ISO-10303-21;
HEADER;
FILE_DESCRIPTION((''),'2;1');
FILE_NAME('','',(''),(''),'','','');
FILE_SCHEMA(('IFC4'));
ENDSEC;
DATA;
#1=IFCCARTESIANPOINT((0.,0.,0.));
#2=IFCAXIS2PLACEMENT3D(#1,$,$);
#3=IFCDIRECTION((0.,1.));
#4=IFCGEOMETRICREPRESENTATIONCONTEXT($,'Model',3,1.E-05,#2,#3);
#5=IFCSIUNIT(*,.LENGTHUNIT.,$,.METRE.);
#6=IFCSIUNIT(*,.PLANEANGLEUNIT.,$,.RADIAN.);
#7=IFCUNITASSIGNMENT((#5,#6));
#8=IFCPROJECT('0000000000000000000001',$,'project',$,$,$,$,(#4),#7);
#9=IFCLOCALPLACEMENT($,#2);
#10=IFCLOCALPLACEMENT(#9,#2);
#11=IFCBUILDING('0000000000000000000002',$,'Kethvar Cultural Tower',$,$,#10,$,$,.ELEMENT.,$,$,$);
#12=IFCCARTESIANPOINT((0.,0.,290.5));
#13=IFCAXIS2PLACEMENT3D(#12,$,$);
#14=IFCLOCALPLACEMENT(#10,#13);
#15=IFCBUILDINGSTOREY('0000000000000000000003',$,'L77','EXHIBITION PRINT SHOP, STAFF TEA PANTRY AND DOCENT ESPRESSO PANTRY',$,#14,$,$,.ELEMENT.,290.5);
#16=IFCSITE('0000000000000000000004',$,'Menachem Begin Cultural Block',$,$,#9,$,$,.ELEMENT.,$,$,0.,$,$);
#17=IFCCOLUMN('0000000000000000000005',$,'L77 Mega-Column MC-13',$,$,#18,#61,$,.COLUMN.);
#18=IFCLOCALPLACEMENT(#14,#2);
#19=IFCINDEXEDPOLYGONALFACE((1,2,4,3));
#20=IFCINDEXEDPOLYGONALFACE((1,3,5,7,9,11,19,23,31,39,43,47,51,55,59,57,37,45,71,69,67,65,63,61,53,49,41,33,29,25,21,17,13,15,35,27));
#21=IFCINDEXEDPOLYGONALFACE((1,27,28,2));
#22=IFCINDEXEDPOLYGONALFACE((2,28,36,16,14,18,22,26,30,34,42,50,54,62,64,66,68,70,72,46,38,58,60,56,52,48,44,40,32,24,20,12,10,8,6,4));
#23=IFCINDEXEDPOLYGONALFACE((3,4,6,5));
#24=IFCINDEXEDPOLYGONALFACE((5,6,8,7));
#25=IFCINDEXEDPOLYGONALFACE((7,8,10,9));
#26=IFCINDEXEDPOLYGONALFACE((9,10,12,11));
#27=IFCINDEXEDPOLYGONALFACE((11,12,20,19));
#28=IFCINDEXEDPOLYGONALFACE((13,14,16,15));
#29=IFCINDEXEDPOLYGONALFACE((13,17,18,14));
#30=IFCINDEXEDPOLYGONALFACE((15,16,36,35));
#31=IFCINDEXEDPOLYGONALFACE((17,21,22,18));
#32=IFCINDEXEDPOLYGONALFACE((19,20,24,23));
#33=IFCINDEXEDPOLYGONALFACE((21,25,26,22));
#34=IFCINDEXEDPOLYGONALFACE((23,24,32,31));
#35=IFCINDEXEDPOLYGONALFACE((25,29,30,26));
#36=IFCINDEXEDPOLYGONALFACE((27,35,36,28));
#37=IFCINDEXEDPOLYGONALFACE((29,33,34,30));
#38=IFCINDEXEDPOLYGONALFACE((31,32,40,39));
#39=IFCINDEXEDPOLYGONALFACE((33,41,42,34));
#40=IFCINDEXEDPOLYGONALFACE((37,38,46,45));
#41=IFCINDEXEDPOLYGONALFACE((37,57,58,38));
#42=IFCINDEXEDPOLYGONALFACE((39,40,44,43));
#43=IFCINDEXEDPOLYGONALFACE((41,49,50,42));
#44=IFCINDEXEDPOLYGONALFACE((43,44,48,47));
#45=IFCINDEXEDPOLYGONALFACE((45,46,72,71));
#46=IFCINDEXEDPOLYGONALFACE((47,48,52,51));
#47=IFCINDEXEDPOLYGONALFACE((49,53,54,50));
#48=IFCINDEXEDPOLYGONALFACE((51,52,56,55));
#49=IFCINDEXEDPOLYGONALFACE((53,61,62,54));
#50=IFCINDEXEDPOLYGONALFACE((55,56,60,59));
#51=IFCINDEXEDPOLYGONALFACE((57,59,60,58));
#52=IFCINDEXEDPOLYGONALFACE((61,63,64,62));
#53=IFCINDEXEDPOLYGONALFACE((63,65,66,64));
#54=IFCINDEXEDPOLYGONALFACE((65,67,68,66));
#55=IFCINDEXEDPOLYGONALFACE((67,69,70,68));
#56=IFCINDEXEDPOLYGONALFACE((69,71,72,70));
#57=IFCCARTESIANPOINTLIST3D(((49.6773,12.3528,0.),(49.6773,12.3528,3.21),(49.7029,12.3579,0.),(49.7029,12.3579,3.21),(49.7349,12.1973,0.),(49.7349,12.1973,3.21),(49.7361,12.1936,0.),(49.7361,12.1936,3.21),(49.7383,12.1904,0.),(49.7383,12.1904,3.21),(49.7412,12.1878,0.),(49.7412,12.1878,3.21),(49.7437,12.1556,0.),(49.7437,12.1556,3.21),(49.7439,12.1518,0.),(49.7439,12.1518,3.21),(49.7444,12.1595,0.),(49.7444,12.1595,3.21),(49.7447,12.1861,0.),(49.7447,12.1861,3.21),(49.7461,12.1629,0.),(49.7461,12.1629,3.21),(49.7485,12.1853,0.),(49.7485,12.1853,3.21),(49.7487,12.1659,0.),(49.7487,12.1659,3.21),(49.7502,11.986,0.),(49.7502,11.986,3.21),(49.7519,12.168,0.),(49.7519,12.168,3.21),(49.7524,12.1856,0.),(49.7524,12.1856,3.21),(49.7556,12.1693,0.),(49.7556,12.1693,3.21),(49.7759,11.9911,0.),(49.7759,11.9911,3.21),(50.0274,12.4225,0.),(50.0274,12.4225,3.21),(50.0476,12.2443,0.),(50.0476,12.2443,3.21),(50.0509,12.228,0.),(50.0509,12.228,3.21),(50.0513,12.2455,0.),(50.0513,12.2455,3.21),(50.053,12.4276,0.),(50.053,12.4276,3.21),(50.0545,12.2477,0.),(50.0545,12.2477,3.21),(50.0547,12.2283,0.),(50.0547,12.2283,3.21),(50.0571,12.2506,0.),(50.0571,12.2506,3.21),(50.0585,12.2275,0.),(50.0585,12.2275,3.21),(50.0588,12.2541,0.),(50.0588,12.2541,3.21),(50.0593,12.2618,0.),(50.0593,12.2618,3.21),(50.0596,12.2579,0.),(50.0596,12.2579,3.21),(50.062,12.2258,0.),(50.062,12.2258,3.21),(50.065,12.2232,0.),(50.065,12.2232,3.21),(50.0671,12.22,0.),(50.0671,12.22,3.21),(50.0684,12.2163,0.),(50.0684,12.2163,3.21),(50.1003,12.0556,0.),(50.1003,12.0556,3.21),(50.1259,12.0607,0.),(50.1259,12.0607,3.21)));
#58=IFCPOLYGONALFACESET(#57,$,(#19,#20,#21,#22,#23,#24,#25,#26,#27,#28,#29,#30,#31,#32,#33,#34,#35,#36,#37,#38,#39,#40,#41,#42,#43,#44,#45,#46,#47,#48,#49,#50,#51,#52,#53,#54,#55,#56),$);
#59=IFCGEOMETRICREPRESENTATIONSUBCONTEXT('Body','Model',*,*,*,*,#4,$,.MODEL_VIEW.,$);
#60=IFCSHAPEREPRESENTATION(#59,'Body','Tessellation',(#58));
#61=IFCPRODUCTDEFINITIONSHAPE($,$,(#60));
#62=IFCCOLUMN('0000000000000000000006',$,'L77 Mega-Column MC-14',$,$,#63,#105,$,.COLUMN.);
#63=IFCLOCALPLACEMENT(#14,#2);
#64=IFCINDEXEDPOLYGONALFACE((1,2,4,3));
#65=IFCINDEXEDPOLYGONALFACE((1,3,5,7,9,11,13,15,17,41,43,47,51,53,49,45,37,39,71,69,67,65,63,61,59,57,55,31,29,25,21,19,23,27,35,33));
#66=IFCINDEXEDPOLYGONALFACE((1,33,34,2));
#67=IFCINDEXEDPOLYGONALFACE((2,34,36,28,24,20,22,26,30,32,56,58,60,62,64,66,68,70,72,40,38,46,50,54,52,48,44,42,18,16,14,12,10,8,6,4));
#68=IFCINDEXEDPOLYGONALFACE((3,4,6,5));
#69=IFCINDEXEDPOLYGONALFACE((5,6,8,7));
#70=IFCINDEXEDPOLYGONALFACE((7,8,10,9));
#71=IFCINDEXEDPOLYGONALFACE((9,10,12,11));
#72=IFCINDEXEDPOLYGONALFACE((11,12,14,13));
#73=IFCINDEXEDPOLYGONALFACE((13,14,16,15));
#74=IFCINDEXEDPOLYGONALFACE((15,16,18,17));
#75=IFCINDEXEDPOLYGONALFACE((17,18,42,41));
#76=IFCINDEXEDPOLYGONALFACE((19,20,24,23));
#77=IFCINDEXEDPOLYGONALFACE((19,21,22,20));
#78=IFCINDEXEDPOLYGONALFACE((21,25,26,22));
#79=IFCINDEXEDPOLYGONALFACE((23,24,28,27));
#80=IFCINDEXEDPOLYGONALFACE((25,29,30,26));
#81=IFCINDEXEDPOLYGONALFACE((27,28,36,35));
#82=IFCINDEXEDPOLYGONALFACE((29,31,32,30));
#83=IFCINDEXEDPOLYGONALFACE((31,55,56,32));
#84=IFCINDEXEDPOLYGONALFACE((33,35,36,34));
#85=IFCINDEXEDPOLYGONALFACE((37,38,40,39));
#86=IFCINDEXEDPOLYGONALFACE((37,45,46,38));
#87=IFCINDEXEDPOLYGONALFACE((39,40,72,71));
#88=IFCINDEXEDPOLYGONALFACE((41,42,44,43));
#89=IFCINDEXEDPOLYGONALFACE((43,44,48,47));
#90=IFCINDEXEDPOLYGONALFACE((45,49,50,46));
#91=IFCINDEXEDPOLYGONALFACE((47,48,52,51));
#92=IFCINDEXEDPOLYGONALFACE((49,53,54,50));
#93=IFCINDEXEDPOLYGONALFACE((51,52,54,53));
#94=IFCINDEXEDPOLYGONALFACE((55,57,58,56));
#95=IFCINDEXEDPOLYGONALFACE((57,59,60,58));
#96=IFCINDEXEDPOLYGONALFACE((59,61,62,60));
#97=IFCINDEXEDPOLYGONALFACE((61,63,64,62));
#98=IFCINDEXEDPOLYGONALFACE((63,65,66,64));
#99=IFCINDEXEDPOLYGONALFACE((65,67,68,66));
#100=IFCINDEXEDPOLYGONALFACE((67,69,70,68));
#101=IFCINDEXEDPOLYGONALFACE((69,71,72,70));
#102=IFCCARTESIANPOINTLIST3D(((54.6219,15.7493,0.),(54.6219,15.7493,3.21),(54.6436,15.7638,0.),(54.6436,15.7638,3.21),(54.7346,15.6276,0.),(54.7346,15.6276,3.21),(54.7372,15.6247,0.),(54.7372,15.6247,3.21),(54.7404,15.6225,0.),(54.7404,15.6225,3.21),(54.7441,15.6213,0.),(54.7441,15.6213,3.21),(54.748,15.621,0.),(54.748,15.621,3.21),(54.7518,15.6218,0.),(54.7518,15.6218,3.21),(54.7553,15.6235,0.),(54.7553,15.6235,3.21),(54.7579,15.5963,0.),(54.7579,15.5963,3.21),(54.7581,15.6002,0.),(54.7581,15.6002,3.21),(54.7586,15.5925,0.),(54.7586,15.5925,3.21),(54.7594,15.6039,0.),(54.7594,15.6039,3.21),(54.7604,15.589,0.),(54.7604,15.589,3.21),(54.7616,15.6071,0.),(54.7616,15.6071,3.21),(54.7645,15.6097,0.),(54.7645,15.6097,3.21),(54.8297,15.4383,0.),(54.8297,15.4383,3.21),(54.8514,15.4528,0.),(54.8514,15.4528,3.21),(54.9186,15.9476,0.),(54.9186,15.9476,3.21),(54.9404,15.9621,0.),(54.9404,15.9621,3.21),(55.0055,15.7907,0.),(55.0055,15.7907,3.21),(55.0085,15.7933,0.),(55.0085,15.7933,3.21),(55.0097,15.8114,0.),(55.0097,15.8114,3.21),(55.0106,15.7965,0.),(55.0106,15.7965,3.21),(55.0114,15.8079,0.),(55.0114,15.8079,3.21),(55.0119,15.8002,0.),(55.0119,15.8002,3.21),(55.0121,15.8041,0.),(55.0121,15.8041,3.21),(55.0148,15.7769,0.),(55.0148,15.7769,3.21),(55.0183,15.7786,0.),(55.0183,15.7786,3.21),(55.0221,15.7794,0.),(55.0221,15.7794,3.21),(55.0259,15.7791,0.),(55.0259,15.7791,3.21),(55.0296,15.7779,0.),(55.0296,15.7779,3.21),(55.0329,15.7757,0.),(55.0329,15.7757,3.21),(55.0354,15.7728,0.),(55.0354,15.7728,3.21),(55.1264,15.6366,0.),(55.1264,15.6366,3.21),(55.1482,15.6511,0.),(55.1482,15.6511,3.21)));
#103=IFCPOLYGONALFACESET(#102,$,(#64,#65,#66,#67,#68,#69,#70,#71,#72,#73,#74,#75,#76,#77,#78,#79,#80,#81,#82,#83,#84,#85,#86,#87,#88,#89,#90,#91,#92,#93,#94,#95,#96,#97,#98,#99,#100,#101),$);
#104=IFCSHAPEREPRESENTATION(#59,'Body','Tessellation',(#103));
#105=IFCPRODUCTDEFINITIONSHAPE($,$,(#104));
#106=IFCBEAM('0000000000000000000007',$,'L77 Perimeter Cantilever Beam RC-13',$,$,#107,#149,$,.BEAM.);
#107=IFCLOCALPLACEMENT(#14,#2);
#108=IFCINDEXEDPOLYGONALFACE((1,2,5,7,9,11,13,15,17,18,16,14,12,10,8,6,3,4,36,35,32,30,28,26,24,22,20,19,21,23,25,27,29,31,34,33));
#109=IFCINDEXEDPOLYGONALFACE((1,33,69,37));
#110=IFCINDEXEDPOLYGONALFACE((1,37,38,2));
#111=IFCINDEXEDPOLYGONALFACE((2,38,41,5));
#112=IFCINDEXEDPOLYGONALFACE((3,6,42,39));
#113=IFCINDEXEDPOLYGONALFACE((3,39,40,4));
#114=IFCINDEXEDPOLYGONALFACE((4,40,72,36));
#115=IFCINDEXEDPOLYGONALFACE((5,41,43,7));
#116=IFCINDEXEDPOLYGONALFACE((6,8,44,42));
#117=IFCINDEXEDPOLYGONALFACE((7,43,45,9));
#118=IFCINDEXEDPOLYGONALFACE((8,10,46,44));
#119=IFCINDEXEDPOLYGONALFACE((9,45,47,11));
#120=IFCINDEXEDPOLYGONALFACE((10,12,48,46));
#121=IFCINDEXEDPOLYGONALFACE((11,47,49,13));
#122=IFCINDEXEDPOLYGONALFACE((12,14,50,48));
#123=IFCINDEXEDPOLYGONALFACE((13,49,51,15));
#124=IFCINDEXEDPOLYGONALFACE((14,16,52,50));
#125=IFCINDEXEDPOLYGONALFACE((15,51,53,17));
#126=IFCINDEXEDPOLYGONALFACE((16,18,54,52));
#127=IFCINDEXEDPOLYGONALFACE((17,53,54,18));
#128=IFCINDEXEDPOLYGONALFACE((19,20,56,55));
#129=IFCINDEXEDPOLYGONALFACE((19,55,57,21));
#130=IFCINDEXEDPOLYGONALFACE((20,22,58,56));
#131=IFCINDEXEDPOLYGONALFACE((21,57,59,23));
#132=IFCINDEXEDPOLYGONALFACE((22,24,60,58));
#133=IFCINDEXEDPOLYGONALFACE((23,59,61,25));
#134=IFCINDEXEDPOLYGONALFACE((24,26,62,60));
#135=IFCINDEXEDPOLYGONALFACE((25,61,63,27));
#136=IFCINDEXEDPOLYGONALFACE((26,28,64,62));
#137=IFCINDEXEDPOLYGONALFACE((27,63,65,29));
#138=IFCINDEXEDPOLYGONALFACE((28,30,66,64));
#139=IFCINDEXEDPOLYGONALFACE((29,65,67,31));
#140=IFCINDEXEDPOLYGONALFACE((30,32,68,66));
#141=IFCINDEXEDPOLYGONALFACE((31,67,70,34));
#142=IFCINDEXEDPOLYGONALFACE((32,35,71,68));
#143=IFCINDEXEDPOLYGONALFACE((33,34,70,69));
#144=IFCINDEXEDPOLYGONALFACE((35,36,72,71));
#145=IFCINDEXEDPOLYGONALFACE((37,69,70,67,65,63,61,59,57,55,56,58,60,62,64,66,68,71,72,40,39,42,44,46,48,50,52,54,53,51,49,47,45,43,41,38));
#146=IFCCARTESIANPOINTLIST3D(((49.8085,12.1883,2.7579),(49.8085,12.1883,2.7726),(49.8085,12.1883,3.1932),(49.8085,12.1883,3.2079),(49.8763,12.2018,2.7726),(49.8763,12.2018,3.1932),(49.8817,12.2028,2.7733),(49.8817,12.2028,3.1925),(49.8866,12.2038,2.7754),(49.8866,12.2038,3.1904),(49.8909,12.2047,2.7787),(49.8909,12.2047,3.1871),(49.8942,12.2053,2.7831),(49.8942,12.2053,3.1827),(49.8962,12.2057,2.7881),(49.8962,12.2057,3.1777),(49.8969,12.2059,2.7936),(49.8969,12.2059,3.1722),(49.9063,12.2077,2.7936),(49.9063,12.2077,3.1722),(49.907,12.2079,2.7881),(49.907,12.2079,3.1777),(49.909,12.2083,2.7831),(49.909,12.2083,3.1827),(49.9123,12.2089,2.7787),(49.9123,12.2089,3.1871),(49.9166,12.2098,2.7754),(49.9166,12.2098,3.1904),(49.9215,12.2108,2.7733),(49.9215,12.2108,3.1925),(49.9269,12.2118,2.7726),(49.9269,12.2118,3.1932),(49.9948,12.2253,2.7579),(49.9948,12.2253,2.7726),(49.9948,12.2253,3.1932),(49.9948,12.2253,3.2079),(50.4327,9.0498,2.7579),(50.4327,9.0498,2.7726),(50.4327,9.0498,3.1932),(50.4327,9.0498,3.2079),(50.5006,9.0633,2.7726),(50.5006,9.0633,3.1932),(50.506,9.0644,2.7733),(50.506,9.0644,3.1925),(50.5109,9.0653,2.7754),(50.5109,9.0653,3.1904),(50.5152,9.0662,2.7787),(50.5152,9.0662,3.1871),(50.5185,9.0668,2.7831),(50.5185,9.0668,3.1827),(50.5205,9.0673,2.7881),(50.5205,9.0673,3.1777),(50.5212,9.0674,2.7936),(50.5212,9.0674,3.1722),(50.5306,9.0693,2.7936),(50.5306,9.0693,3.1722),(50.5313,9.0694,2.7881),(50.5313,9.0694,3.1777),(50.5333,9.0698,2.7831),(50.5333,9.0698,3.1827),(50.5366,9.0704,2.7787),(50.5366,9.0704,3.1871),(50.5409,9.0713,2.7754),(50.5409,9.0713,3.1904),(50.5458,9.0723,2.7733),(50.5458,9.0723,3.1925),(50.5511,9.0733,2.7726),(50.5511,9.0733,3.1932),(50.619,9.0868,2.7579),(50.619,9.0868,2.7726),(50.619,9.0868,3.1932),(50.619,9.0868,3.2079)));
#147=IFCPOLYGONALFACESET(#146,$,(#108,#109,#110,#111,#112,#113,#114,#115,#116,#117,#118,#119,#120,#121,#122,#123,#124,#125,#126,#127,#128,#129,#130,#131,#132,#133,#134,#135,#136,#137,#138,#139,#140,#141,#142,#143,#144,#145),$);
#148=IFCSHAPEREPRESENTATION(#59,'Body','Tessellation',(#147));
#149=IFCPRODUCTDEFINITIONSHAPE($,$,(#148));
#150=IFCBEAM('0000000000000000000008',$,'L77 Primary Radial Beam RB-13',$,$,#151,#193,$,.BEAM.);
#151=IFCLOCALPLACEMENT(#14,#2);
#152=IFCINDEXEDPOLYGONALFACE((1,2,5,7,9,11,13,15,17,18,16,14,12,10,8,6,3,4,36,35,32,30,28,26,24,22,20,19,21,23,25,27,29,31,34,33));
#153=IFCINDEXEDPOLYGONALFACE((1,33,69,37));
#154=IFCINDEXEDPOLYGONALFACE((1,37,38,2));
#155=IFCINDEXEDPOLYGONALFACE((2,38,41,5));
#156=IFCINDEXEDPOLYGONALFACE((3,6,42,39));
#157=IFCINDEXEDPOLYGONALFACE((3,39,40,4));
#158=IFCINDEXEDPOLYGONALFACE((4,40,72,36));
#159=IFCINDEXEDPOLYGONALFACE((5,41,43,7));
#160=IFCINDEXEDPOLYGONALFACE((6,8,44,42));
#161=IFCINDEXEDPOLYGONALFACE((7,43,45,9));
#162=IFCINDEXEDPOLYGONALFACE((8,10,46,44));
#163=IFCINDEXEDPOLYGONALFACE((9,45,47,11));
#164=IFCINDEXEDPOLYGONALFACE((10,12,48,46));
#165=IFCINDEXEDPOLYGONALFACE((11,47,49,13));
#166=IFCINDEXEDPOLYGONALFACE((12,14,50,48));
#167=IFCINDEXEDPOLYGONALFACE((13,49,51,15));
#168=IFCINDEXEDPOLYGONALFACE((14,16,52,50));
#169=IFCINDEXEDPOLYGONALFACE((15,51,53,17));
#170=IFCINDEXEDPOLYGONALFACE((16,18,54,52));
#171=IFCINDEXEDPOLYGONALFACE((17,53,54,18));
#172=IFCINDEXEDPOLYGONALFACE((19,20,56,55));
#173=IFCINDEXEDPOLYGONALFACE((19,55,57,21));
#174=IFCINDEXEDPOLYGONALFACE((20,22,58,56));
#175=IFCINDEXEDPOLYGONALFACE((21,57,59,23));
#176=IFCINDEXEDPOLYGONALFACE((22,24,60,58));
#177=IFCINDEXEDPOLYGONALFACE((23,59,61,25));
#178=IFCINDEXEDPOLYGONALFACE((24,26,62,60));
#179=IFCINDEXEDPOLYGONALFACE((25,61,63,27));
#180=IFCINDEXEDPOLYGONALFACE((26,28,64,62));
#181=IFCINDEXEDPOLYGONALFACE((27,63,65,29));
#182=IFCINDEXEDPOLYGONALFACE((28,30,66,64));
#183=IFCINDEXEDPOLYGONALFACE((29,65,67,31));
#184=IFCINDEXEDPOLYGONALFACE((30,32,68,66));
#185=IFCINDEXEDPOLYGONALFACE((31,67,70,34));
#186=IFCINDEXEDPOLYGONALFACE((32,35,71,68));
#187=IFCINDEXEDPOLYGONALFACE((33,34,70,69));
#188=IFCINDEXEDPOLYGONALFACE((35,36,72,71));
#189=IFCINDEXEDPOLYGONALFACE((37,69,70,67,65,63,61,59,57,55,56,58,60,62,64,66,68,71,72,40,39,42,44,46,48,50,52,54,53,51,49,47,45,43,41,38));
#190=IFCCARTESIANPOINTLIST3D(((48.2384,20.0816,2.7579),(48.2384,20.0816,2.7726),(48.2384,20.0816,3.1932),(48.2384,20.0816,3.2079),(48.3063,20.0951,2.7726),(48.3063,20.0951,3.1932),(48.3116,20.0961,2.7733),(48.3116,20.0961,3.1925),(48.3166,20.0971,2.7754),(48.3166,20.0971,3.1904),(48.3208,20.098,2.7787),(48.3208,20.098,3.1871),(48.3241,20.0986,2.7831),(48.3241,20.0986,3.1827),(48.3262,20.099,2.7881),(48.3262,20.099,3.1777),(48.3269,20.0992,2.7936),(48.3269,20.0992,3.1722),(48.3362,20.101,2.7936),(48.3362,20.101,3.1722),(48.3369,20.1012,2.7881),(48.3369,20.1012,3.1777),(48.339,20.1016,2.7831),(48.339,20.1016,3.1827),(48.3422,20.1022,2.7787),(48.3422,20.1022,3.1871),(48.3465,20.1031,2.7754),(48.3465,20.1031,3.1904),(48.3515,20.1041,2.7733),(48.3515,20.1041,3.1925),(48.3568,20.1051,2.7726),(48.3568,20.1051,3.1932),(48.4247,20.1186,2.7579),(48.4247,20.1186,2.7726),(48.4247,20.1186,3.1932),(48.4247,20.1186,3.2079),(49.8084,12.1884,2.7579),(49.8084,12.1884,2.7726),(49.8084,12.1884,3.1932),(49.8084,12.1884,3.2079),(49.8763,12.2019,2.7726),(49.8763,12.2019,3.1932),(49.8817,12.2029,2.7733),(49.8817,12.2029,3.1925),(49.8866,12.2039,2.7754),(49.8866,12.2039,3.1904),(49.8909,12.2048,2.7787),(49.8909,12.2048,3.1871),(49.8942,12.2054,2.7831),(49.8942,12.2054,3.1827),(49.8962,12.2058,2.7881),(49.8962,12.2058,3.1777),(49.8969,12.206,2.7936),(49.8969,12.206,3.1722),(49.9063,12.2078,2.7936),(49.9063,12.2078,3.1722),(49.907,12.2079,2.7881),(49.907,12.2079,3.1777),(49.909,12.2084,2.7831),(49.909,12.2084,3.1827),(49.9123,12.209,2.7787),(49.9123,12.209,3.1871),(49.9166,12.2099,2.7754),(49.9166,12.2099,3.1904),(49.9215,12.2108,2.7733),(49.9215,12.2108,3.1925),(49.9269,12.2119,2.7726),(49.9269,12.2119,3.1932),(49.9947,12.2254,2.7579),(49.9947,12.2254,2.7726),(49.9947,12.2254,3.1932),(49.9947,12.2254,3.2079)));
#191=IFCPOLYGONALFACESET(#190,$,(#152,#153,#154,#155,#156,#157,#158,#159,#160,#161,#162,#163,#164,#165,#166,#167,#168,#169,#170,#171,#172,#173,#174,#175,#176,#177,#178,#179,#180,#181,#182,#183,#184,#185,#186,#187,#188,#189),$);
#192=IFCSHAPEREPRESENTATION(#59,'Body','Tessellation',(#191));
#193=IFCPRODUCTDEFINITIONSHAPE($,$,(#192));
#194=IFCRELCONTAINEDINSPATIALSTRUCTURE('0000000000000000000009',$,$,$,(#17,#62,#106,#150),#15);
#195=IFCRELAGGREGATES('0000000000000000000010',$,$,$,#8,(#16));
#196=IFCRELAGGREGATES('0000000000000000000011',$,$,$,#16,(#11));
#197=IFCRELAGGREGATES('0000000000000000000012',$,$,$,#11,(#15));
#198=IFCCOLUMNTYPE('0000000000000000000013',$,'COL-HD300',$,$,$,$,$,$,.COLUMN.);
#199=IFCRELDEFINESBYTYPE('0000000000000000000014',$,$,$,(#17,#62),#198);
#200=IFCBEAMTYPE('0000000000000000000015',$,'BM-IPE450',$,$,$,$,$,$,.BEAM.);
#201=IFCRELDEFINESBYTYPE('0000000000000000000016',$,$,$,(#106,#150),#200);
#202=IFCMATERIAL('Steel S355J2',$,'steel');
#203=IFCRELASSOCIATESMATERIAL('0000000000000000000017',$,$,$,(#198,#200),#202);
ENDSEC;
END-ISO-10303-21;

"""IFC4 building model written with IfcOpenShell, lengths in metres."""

from ifc_helpers import new_model, si_unit, direction, frame, origin, origin_2d, place, context, subcontext, project, spatial, i_section, extrude, source, transform, mapped, material, material_profile, profile_set, type_object, element, save


model = new_model("IFC4")

# Units and contexts
model_context = context("Model", 3, precision=1e-05, world=origin(), true_north=direction((0.0, 1.0)))
body_context = subcontext(model_context, "Body", "Model", "MODEL_VIEW")
ifc_project = project(units=[si_unit("LENGTHUNIT", "METRE"), si_unit("PLANEANGLEUNIT", "RADIAN")], contexts=[model_context])

# Site, building, storey
site_placement = place(None, origin())
site = spatial("IfcSite", under=ifc_project, at=site_placement, Name="Menachem Begin Cultural Block", CompositionType="ELEMENT", RefElevation=0.0)
building_placement = place(site_placement, origin())
building = spatial("IfcBuilding", under=site, at=building_placement, Name="Kethvar Cultural Tower", CompositionType="ELEMENT")
storey_placement = place(building_placement, frame((0.0, 0.0, 290.5)))
storey = spatial("IfcBuildingStorey", under=building, at=storey_placement, Name="L77", Description="EXHIBITION PRINT SHOP, STAFF TEA PANTRY AND DOCENT ESPRESSO PANTRY", CompositionType="ELEMENT", Elevation=290.5)

# Columns
ifc_material_1 = material(Name="Steel S355J2", Category="steel")
ifc_material_profile_1 = material_profile(ifc_material_1, i_section(OverallWidth=0.374, OverallDepth=0.3831, WebThickness=0.0166, FlangeThickness=0.0261, FilletRadius=0.0149, at=origin_2d()), Name="Steel S355J2 — HD360x300")
ifc_profile_set_1 = profile_set([ifc_material_profile_1], Name="Steel S355J2 — HD360x300")
column_type = type_object("IfcColumnType", Name="COL-HD300", PredefinedType="COLUMN", material=ifc_profile_set_1)
shared_shape_1 = source(origin(), body_context, "Body", "SweptSolid", [
    extrude(i_section(OverallWidth=0.374, OverallDepth=0.3831, WebThickness=0.0166, FlangeThickness=0.0261, FilletRadius=0.0149, at=origin_2d()), origin(), (0.0, 0.0, 1.0), 3.21),
])
for number, where, z_axis, x_axis, name in (
    (1, (49.9016, 12.2068, 0.0), (0.0, 0.0, 1.0), (0.19509, -0.980785, 0.0), "L77 Mega-Column MC-13"),
    (2, (54.885, 15.7002, 0.0), (0.0, 0.0, 1.0), (0.55557, -0.83147, 0.0), "L77 Mega-Column MC-14"),
):
    element("IfcColumn", number, at=place(storey_placement, frame(where, z_axis=z_axis, x_axis=x_axis)), inside=storey, type_object=column_type, Name=name, PredefinedType="COLUMN", context=body_context, shape_type="MappedRepresentation", body=[
        mapped(shared_shape_1, transform((0.0, 0.0, 0.0), scale=1.0)),
    ])

# Beams
ifc_material_profile_2 = material_profile(ifc_material_1, i_section(OverallWidth=0.1899, OverallDepth=0.45, WebThickness=0.0095, FlangeThickness=0.0146, FilletRadius=0.021, at=origin_2d()), Name="Steel S355J2 — IPE450")
ifc_profile_set_2 = profile_set([ifc_material_profile_2], Name="Steel S355J2 — IPE450")
beam_type_1 = type_object("IfcBeamType", Name="BM-IPE450", PredefinedType="BEAM", material=ifc_profile_set_2)
shared_shape_2 = source(origin(), body_context, "Body", "SweptSolid", [
    extrude(i_section(OverallWidth=0.1899, OverallDepth=0.45, WebThickness=0.0095, FlangeThickness=0.0146, FilletRadius=0.021, at=origin_2d()), origin(), (0.0, 0.0, 1.0), 3.2),
])
beam_1_placement = place(storey_placement, frame((49.9016, 12.2068, 2.9829), z_axis=(0.195089, -0.980786, 0.0), x_axis=(0.980786, 0.195089, 0.0)))
element("IfcBeam", 3, at=beam_1_placement, inside=storey, type_object=beam_type_1, Name="L77 Perimeter Cantilever Beam RC-13", PredefinedType="BEAM", context=body_context, shape_type="MappedRepresentation", body=[
    mapped(shared_shape_2, transform((0.0, 0.0, 0.0), scale=1.0)),
])
shared_shape_3 = source(origin(), body_context, "Body", "SweptSolid", [
    extrude(i_section(OverallWidth=0.1899, OverallDepth=0.45, WebThickness=0.0095, FlangeThickness=0.0146, FilletRadius=0.021, at=origin_2d()), origin(), (0.0, 0.0, 1.0), 8.0479),
])
beam_2_placement = place(storey_placement, frame((48.3315, 20.1001, 2.9829), z_axis=(0.195089, -0.980785, 0.0), x_axis=(0.980785, 0.195089, 0.0)))
element("IfcBeam", 4, at=beam_2_placement, inside=storey, type_object=beam_type_1, Name="L77 Primary Radial Beam RB-13", PredefinedType="BEAM", context=body_context, shape_type="MappedRepresentation", body=[
    mapped(shared_shape_3, transform((0.0, 0.0, 0.0), scale=1.0)),
])

save(model, "model.ifc")
